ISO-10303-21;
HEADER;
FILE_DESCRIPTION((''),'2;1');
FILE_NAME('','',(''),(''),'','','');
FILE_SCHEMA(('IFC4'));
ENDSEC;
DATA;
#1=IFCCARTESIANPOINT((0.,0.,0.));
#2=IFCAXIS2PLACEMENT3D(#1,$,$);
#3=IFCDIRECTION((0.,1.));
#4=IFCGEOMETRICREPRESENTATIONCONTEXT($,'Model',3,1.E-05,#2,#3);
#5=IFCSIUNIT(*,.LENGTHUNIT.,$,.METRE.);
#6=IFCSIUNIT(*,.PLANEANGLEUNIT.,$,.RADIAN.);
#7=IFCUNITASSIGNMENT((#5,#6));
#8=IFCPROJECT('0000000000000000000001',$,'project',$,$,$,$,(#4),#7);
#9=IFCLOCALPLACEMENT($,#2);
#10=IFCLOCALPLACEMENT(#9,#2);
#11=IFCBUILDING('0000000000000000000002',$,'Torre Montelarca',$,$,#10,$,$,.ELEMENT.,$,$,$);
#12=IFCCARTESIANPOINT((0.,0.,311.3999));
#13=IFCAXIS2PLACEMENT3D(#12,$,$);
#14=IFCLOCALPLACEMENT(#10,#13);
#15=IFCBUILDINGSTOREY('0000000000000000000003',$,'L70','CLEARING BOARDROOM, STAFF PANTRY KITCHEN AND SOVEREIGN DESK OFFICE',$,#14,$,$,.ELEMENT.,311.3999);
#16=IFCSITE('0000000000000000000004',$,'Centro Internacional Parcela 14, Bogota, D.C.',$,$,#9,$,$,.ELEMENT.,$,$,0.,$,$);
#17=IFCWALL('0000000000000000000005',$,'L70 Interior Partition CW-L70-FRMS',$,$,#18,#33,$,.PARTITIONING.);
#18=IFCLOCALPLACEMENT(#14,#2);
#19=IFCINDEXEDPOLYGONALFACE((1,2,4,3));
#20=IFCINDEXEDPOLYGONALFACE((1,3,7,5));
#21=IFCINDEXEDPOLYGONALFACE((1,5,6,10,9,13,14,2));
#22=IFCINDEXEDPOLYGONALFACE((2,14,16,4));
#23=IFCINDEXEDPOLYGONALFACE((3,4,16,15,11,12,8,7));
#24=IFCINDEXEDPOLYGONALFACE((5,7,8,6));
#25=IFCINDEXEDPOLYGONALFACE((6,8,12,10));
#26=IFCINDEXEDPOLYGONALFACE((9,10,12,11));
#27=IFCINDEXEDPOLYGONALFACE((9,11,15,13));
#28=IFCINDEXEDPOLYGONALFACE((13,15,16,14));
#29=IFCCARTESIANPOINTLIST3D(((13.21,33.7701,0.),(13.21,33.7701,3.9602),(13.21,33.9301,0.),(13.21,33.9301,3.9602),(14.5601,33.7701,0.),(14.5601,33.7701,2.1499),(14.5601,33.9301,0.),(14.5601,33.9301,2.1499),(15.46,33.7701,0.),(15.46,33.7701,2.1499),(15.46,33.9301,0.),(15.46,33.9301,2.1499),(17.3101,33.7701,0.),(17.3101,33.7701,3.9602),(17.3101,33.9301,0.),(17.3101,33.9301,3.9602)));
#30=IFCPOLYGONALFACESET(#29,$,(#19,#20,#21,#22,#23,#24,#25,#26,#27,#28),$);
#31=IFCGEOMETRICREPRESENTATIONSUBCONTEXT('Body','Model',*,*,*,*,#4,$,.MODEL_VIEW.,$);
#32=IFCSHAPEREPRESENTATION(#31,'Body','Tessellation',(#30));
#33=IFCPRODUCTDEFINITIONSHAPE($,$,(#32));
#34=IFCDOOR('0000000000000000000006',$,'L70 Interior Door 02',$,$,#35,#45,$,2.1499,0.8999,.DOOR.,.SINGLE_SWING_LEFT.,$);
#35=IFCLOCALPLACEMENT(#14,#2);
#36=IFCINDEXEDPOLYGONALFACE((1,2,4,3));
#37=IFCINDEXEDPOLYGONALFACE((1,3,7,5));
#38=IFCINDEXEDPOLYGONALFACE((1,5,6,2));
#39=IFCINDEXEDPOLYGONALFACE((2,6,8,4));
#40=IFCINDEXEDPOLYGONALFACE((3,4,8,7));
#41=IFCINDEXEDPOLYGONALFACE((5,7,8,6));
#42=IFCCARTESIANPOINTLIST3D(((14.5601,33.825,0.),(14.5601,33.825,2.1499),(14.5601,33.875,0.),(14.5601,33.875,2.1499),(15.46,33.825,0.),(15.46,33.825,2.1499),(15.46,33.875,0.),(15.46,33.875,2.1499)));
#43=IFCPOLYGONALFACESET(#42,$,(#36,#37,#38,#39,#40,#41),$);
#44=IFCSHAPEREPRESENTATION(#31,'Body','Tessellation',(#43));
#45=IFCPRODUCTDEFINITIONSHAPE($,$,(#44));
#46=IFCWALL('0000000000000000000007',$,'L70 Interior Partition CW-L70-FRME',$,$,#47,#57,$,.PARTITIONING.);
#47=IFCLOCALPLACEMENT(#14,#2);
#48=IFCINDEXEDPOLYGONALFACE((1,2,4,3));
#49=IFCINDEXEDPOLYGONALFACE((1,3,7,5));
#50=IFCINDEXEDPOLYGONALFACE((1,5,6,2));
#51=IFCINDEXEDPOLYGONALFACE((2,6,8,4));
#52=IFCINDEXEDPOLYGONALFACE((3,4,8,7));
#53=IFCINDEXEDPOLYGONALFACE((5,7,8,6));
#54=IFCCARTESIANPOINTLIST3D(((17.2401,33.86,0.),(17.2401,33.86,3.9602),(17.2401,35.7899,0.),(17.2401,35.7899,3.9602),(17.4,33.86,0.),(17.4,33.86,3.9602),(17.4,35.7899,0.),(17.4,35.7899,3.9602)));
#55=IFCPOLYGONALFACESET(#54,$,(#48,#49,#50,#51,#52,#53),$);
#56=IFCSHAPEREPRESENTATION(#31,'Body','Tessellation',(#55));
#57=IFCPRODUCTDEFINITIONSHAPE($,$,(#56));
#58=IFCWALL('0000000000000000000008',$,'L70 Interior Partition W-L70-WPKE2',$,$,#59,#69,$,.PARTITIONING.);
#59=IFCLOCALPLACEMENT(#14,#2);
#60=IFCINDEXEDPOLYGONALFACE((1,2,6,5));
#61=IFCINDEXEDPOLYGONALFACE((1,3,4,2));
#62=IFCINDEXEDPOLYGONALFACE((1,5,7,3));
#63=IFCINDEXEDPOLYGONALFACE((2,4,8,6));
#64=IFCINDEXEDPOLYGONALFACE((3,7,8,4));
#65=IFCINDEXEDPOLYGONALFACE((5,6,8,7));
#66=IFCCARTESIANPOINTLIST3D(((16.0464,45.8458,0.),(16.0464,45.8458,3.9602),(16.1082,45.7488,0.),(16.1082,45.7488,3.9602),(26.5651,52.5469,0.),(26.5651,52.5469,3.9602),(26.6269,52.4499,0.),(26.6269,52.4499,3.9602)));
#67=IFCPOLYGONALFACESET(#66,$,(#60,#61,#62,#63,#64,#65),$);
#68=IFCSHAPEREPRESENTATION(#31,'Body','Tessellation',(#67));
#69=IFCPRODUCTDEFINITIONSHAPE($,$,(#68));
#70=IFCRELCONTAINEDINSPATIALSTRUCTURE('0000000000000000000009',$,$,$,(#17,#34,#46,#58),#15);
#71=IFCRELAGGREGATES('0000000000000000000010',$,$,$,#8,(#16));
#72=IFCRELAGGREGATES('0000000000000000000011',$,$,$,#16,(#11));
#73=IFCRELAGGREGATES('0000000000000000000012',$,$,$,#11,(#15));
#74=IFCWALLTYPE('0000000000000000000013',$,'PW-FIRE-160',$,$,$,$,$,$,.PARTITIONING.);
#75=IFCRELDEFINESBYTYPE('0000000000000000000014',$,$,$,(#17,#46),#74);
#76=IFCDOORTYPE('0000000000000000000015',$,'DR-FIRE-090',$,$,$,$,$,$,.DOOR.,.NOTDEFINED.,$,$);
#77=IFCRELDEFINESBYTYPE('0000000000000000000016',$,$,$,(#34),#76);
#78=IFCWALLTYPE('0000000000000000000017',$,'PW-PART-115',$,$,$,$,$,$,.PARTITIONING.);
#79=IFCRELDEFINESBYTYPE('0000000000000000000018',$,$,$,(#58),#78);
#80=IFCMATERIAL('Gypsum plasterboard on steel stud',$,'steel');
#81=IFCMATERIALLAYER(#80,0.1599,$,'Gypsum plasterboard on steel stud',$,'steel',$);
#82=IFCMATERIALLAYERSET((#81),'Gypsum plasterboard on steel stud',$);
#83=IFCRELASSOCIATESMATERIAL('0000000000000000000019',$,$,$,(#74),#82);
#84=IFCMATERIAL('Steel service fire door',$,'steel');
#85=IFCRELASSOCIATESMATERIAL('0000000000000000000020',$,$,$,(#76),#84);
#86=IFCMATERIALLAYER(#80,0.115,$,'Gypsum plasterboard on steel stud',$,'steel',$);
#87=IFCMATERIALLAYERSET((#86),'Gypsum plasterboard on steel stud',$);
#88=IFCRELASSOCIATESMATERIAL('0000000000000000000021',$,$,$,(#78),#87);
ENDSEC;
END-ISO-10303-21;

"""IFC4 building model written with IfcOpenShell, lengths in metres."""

from ifc_helpers import new_model, si_unit, direction, frame, frame_2d, origin, place, context, subcontext, project, spatial, rectangle, extrude, source, transform, mapped, material, layer, layer_set, type_object, element, fill, save


model = new_model("IFC4")

# Units and contexts
model_context = context("Model", 3, precision=1e-05, world=origin(), true_north=direction((0.0, 1.0)))
body_context = subcontext(model_context, "Body", "Model", "MODEL_VIEW")
ifc_project = project(units=[si_unit("LENGTHUNIT", "METRE"), si_unit("PLANEANGLEUNIT", "RADIAN")], contexts=[model_context])

# Site, building, storey
site_placement = place(None, origin())
site = spatial("IfcSite", under=ifc_project, at=site_placement, Name="Centro Internacional Parcela 14, Bogota, D.C.", CompositionType="ELEMENT", RefElevation=0.0)
building_placement = place(site_placement, origin())
building = spatial("IfcBuilding", under=site, at=building_placement, Name="Torre Montelarca", CompositionType="ELEMENT")
storey_placement = place(building_placement, frame((0.0, 0.0, 311.3999)))
storey = spatial("IfcBuildingStorey", under=building, at=storey_placement, Name="L70", Description="CLEARING BOARDROOM, STAFF PANTRY KITCHEN AND SOVEREIGN DESK OFFICE", CompositionType="ELEMENT", Elevation=311.3999)

# Shared definitions
ifc_material_1 = material(Name="Gypsum plasterboard on steel stud", Category="steel")
ifc_layer_1 = layer(ifc_material_1, 0.1599, Name="Gypsum plasterboard on steel stud", Category="steel")
ifc_layer_set_1 = layer_set([ifc_layer_1], Name="Gypsum plasterboard on steel stud")
wall_type_1 = type_object("IfcWallType", Name="PW-FIRE-160", PredefinedType="PARTITIONING", material=ifc_layer_set_1)

# Wall, opening, door
wall_1_placement = place(storey_placement, frame((13.21, 33.8501, 0.0), z_axis=(0.0, 0.0, 1.0), x_axis=(1.0, 0.0, 0.0)))
wall_1 = element("IfcWall", 1, at=wall_1_placement, inside=storey, type_object=wall_type_1, Name="L70 Interior Partition CW-L70-FRMS", PredefinedType="PARTITIONING", context=body_context, shape_type="SweptSolid", body=[
    extrude(rectangle(XDim=4.1001, YDim=0.1599, at=frame_2d((2.05, 0.0))), origin(), (0.0, 0.0, 1.0), 3.9602),
])
opening_1_placement = place(wall_1_placement, frame((1.3501, 0.0, 0.0)))
opening_1 = element("IfcOpeningElement", 2, at=opening_1_placement, cuts=wall_1, PredefinedType="OPENING", context=body_context, shape_type="SweptSolid", body=[
    extrude(rectangle(XDim=0.8999, YDim=2.1499, at=frame_2d((0.45, 1.075))), frame((0.0, 0.0898, 0.0), z_axis=(0.0, -1.0, 0.0), x_axis=(1.0, 0.0, 0.0)), (0.0, 0.0, 1.0), 0.1799),
])
ifc_material_2 = material(Name="Steel service fire door", Category="steel")
door_type_1 = type_object("IfcDoorType", Name="DR-FIRE-090", OperationType="NOTDEFINED", PredefinedType="DOOR", material=ifc_material_2)
shared_shape_1 = source(origin(), body_context, "Body", "SweptSolid", [
    extrude(rectangle(XDim=0.8999, YDim=2.1499, at=frame_2d((0.45, 1.075))), frame((0.0, 0.0249, 0.0), z_axis=(0.0, -1.0, 0.0), x_axis=(1.0, 0.0, 0.0)), (0.0, 0.0, 1.0), 0.05),
])
door_1_placement = place(opening_1_placement, origin())
door_1 = element("IfcDoor", 3, at=door_1_placement, inside=storey, type_object=door_type_1, Name="L70 Interior Door 02", OperationType="SINGLE_SWING_LEFT", OverallHeight=2.1499, OverallWidth=0.8999, PredefinedType="DOOR", context=body_context, shape_type="MappedRepresentation", body=[
    mapped(shared_shape_1, transform((0.0, 0.0, 0.0), scale=1.0)),
])
fill(opening_1, door_1)

# Walls
wall_2_placement = place(storey_placement, frame((17.3201, 33.8601, 0.0), z_axis=(0.0, 0.0, 1.0), x_axis=(0.0, 1.0, 0.0)))
element("IfcWall", 4, at=wall_2_placement, inside=storey, type_object=wall_type_1, Name="L70 Interior Partition CW-L70-FRME", PredefinedType="PARTITIONING", context=body_context, shape_type="SweptSolid", body=[
    extrude(rectangle(XDim=1.9299, YDim=0.1599, at=frame_2d((0.9648, 0.0))), origin(), (0.0, 0.0, 1.0), 3.9602),
])
ifc_layer_2 = layer(ifc_material_1, 0.115, Name="Gypsum plasterboard on steel stud", Category="steel")
ifc_layer_set_2 = layer_set([ifc_layer_2], Name="Gypsum plasterboard on steel stud")
wall_type_2 = type_object("IfcWallType", Name="PW-PART-115", PredefinedType="PARTITIONING", material=ifc_layer_set_2)
wall_3_placement = place(storey_placement, frame((16.0774, 45.7974, 0.0), z_axis=(0.0, 0.0, 1.0), x_axis=(0.843393, 0.537297, 0.0)))
element("IfcWall", 5, at=wall_3_placement, inside=storey, type_object=wall_type_2, Name="L70 Interior Partition W-L70-WPKE2", PredefinedType="PARTITIONING", context=body_context, shape_type="SweptSolid", body=[
    extrude(rectangle(XDim=12.4719, YDim=0.115, at=frame_2d((6.2358, 0.0))), origin(), (0.0, 0.0, 1.0), 3.9602),
])

save(model, "model.ifc")
